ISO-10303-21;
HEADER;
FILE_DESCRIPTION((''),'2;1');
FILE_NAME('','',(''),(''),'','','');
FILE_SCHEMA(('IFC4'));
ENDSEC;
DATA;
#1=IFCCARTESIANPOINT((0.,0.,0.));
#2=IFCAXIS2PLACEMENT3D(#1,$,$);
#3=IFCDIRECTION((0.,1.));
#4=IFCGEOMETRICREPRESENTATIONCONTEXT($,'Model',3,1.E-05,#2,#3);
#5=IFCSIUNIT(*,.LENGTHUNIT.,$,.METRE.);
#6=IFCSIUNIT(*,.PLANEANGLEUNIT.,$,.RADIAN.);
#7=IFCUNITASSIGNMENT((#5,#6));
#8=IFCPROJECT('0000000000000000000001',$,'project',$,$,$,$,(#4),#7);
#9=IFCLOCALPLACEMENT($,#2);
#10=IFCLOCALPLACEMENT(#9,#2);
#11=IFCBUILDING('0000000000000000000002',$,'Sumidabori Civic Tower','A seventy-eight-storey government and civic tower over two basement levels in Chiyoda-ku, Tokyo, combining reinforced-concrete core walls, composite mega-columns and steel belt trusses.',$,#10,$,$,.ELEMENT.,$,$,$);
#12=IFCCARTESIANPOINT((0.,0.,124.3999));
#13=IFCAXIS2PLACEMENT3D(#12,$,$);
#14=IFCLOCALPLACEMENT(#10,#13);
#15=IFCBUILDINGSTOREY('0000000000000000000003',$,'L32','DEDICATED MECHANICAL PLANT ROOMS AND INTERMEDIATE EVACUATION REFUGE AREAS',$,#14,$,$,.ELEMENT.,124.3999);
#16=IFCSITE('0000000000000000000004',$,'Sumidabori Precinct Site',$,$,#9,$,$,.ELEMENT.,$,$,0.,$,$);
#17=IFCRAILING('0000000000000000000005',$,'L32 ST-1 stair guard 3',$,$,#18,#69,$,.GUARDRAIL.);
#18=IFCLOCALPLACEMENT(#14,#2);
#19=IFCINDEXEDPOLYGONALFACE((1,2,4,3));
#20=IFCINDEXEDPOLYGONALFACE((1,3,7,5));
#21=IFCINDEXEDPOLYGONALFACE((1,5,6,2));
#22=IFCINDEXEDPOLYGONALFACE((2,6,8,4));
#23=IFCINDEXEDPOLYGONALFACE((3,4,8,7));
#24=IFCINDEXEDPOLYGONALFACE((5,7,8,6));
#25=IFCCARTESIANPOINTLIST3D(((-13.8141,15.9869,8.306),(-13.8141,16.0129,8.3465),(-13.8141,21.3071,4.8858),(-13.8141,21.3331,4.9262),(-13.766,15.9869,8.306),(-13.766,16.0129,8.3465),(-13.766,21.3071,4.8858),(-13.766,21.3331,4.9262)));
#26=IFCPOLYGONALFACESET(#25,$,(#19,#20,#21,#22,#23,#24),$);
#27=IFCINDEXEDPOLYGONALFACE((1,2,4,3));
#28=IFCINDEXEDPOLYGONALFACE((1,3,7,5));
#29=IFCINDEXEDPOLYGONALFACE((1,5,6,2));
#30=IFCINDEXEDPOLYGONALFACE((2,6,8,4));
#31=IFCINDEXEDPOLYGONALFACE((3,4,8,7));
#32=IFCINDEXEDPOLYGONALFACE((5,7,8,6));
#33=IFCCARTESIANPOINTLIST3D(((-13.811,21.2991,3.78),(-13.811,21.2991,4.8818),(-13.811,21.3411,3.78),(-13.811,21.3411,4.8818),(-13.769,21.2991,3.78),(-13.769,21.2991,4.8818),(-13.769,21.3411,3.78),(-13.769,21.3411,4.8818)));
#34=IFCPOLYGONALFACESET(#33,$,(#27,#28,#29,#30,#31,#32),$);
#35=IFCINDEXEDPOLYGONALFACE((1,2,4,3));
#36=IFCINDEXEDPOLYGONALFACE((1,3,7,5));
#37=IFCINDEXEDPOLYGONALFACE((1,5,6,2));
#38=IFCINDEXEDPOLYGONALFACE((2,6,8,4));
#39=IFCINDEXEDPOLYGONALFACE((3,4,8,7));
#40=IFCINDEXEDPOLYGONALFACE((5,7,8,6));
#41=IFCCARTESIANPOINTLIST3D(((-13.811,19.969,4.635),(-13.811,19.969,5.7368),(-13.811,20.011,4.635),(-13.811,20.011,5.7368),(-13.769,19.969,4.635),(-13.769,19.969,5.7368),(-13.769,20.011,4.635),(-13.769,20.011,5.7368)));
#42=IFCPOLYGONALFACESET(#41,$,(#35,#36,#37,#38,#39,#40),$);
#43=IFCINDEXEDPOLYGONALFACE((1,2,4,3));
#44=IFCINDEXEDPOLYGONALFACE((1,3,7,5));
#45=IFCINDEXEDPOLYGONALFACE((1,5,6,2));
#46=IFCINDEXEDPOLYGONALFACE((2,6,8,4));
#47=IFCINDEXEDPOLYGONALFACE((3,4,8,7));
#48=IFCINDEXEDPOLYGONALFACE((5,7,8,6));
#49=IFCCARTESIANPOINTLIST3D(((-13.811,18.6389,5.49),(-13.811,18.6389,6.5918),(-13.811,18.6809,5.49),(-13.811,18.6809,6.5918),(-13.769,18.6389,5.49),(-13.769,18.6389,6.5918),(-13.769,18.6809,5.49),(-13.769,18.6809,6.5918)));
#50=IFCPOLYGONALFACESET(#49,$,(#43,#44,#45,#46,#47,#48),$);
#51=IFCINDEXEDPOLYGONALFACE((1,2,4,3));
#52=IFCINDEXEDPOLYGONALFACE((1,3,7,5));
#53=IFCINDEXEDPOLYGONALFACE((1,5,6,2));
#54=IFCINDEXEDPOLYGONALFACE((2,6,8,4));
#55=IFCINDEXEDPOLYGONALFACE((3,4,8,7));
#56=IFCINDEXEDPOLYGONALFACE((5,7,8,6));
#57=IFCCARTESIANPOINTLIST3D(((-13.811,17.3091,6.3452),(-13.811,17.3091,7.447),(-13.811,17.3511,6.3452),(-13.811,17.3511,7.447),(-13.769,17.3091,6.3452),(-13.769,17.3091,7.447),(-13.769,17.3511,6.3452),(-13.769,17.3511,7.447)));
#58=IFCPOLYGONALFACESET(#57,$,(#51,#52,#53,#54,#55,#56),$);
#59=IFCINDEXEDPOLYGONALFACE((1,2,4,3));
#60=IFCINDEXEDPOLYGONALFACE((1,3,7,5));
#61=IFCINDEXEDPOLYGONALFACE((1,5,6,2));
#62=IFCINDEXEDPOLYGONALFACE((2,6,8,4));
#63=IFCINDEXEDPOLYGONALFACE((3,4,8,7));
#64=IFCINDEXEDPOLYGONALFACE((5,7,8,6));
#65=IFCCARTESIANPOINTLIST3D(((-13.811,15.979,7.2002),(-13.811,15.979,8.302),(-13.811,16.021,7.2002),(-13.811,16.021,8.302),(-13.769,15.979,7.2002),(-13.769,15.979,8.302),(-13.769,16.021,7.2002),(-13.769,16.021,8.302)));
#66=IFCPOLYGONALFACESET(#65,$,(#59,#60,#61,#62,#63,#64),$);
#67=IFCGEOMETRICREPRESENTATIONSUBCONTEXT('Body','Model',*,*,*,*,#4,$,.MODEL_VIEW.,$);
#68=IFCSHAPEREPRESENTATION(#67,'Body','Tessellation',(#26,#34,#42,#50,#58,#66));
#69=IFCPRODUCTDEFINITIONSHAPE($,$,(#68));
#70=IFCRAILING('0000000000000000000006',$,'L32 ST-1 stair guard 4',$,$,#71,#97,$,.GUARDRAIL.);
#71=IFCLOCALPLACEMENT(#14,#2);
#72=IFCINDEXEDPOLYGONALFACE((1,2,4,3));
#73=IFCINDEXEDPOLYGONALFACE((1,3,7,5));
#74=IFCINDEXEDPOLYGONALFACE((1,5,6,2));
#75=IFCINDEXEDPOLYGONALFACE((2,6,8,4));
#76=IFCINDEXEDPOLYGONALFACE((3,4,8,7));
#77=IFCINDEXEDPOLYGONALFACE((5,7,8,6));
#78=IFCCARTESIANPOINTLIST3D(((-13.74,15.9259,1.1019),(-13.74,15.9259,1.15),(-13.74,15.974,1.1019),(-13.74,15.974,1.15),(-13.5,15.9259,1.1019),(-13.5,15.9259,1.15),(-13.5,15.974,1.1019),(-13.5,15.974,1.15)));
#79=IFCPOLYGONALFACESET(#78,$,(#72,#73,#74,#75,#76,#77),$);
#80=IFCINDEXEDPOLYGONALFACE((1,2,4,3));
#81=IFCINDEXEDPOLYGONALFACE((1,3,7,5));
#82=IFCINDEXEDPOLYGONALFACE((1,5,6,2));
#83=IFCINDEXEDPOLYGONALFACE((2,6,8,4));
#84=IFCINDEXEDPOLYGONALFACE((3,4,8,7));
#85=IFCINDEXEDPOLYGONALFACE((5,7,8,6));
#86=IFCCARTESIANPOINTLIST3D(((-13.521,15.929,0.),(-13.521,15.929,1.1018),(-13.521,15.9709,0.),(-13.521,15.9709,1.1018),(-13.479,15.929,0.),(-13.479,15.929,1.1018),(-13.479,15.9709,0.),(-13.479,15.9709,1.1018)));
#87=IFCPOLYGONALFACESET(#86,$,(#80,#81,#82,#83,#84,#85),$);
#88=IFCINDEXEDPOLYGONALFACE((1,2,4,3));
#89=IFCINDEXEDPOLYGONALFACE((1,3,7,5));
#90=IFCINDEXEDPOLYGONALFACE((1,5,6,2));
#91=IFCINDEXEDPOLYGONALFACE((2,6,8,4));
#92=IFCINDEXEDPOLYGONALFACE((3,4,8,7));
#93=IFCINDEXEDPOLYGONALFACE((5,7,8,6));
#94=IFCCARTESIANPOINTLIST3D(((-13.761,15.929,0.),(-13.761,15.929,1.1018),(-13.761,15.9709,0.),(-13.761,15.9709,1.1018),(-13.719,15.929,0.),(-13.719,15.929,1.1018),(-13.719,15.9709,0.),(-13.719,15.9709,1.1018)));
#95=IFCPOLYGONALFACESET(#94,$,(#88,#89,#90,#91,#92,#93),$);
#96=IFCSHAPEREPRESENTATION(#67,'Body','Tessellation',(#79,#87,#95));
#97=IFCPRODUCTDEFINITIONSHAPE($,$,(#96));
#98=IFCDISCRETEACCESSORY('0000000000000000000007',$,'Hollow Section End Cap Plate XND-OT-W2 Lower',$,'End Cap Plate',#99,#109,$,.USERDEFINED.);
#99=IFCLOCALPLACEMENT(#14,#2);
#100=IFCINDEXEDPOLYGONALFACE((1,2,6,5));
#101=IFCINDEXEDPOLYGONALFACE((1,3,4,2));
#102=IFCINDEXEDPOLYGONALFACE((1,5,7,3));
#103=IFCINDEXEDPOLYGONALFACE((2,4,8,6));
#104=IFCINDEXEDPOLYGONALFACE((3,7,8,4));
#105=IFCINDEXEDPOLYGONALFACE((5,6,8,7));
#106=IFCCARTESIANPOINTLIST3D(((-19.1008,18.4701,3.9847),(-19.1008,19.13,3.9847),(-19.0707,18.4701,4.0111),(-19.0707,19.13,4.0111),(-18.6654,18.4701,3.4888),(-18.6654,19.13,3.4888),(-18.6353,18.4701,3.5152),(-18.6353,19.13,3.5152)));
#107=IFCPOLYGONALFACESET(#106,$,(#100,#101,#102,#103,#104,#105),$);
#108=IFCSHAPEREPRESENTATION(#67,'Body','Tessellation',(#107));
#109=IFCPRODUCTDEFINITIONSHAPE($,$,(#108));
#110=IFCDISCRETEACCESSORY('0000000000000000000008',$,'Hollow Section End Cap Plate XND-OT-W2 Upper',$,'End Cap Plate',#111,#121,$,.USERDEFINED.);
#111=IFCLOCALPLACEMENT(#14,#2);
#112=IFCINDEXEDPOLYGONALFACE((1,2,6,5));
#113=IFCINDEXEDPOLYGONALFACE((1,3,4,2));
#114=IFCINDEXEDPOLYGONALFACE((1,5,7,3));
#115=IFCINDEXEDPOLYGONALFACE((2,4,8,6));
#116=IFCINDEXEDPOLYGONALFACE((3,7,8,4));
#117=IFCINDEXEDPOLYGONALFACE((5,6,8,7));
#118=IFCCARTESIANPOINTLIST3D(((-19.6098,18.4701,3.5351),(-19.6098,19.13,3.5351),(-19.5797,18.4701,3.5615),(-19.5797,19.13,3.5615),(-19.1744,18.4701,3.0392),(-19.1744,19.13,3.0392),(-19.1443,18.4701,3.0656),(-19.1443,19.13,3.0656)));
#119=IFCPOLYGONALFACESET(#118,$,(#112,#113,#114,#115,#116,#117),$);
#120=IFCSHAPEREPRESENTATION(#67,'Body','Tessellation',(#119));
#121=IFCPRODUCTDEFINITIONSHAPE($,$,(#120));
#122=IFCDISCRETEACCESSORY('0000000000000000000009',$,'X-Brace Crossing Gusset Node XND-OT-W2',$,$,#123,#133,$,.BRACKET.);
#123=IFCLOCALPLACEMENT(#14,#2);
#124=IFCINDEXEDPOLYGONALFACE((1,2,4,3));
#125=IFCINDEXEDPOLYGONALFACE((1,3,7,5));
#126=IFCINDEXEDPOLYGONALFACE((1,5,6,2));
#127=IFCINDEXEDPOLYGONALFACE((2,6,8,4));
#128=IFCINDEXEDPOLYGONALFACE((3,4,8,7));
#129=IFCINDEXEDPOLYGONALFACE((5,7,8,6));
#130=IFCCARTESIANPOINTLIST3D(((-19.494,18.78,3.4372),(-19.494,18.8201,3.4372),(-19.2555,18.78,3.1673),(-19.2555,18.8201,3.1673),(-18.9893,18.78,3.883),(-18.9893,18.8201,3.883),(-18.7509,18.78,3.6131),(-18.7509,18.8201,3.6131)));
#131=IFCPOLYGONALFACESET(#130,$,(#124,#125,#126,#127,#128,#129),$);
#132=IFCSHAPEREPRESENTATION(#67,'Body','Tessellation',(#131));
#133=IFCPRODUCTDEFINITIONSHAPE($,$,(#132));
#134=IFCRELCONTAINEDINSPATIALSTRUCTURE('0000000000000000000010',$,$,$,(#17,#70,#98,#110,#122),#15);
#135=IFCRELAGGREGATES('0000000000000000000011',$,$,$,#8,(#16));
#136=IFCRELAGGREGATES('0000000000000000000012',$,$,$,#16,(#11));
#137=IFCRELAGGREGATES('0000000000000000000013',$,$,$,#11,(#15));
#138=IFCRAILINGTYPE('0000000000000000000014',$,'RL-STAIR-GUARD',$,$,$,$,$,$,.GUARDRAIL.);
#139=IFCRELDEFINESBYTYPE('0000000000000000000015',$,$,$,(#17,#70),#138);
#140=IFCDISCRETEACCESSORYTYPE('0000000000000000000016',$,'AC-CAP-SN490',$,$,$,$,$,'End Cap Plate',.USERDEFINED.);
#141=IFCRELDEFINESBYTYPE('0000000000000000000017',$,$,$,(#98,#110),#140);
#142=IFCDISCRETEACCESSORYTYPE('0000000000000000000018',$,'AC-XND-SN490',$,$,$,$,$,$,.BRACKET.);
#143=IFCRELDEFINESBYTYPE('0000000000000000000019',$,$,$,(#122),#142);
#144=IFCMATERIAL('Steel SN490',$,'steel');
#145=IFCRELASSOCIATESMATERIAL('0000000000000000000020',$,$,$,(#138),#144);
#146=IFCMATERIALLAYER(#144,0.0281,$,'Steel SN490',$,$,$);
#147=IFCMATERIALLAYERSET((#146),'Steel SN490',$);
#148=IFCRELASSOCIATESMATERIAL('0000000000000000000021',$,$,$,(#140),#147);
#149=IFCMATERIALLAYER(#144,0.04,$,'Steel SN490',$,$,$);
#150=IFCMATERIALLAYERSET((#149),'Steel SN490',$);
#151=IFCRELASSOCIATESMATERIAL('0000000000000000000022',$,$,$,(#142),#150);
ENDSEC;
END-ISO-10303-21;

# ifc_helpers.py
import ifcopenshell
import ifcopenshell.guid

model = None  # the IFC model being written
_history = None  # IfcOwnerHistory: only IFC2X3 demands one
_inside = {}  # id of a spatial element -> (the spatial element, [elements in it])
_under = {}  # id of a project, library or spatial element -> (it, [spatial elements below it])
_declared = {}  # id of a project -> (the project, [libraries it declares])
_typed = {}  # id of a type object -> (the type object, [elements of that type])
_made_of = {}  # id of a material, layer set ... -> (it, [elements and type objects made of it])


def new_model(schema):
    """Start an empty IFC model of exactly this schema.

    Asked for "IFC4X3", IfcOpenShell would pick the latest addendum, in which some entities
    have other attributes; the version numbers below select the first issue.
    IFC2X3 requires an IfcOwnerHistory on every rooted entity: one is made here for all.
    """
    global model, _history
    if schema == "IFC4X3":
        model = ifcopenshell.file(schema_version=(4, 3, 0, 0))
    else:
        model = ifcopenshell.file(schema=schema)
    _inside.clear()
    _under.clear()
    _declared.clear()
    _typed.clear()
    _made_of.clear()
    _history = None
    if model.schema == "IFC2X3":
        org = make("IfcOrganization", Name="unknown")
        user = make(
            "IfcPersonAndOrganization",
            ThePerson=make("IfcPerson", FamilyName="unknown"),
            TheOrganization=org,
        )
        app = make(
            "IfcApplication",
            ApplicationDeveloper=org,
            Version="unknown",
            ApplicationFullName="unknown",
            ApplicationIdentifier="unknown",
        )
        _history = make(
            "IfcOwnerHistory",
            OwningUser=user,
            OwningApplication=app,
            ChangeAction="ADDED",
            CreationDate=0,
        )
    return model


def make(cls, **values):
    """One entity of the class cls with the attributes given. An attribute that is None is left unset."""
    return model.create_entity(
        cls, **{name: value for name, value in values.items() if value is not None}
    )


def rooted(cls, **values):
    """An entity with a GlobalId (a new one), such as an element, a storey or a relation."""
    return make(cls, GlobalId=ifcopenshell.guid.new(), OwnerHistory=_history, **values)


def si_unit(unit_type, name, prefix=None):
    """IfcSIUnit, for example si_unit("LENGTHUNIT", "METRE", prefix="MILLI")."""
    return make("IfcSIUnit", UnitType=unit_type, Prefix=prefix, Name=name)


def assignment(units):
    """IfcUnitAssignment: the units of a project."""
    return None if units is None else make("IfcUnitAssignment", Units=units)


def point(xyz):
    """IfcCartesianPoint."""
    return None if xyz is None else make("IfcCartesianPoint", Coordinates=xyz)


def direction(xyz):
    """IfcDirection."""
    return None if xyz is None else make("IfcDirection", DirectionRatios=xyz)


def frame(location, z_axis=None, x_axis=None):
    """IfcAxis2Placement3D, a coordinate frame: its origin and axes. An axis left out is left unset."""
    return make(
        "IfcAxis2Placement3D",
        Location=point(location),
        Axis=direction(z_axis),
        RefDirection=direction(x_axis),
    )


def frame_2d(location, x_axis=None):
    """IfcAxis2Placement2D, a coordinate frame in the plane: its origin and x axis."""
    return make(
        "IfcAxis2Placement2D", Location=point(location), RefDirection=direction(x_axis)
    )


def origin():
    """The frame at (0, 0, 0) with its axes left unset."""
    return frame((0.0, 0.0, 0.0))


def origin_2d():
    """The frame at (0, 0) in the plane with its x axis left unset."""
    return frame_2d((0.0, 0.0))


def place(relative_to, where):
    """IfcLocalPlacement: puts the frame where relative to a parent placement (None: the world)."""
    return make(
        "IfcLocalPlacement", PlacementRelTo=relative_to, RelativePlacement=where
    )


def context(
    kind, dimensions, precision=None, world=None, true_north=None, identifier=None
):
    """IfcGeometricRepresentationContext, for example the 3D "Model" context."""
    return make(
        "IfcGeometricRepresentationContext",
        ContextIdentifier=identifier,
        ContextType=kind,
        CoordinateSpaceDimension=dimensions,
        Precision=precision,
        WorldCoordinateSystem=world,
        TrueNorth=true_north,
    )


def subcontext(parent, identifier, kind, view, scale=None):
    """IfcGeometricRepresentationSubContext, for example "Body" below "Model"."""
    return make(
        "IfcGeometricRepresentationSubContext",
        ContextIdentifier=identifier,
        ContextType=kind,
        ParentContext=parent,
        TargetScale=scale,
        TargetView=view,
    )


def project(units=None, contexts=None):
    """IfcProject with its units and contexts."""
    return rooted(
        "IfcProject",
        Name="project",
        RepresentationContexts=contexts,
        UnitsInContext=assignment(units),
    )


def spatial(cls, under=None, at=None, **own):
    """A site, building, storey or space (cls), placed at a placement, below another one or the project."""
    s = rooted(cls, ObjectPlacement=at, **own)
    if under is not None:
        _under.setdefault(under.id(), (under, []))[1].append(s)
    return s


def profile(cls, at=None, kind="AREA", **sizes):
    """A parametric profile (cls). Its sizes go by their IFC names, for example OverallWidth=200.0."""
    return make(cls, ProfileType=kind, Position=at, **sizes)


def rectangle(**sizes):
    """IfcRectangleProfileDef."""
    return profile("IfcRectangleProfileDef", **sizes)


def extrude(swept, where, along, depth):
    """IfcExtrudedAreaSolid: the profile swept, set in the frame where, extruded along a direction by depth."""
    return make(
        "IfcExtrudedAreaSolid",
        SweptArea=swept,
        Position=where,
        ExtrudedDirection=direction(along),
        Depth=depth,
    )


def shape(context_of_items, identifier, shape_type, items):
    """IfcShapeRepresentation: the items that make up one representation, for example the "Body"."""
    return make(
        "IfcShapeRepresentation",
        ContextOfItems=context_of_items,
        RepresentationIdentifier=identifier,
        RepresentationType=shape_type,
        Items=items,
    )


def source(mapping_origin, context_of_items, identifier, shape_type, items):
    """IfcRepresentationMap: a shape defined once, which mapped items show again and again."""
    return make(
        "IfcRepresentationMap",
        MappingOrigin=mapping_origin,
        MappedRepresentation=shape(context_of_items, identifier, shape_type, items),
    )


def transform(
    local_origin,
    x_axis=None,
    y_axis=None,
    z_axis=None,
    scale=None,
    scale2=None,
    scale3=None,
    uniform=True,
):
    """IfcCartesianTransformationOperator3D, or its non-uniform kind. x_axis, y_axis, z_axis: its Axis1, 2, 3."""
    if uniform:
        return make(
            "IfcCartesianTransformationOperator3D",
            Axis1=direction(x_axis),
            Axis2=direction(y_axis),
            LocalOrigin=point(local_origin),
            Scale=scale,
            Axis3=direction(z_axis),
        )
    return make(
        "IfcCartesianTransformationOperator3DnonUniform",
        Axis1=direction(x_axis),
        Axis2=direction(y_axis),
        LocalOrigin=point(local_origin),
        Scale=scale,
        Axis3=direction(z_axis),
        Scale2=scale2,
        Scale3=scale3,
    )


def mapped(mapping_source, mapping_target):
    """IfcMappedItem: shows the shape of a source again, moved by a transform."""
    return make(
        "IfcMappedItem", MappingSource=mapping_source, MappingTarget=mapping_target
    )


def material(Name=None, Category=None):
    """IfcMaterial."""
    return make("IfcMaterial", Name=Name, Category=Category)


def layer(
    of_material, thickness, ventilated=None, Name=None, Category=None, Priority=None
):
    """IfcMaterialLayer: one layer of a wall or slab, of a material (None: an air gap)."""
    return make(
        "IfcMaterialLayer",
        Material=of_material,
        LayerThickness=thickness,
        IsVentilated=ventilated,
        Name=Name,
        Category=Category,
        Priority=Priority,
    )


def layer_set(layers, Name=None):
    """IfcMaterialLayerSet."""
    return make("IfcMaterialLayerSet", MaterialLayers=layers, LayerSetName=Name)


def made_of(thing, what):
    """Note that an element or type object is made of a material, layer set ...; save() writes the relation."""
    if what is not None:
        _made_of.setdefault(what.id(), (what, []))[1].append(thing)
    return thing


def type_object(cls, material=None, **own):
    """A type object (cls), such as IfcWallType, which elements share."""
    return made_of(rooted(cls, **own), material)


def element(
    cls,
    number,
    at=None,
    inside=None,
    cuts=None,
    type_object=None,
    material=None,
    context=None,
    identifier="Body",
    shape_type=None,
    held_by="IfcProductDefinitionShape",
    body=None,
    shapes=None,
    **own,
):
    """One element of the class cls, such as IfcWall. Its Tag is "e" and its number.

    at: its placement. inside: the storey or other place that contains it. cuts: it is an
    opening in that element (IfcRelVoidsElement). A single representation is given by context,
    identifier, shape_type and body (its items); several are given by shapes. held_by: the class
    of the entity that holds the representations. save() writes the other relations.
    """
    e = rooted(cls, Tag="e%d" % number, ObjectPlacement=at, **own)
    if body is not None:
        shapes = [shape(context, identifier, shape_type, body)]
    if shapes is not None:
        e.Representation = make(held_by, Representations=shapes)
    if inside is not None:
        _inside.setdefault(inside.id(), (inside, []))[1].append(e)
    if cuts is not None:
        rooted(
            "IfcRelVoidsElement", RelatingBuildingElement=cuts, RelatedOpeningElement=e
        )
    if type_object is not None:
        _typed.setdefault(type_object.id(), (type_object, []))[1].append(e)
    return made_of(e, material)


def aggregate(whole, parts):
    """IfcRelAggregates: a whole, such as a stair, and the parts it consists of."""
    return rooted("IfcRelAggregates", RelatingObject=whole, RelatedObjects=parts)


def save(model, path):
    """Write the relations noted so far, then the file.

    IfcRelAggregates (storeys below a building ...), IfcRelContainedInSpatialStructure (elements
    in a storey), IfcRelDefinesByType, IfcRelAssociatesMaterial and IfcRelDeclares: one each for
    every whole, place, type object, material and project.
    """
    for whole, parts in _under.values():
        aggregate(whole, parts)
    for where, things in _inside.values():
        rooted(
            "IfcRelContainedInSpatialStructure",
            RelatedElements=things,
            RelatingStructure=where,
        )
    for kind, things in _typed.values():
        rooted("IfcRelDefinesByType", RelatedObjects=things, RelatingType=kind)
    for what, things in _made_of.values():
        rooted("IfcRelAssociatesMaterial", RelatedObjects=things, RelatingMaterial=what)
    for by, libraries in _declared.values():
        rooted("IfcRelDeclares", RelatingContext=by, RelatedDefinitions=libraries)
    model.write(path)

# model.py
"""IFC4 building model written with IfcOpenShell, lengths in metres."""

from ifc_helpers import new_model, si_unit, direction, frame, origin, origin_2d, place, context, subcontext, project, spatial, rectangle, extrude, source, transform, mapped, material, layer, layer_set, type_object, element, save


model = new_model("IFC4")

# Units and contexts
model_context = context("Model", 3, precision=1e-05, world=origin(), true_north=direction((0.0, 1.0)))
body_context = subcontext(model_context, "Body", "Model", "MODEL_VIEW")
ifc_project = project(units=[si_unit("LENGTHUNIT", "METRE"), si_unit("PLANEANGLEUNIT", "RADIAN")], contexts=[model_context])

# Site, building, storey
site_placement = place(None, origin())
site = spatial("IfcSite", under=ifc_project, at=site_placement, Name="Sumidabori Precinct Site", CompositionType="ELEMENT", RefElevation=0.0)
building_placement = place(site_placement, origin())
building = spatial("IfcBuilding", under=site, at=building_placement, Name="Sumidabori Civic Tower", Description="A seventy-eight-storey government and civic tower over two basement levels in Chiyoda-ku, Tokyo, combining reinforced-concrete core walls, composite mega-columns and steel belt trusses.", CompositionType="ELEMENT")
storey_placement = place(building_placement, frame((0.0, 0.0, 124.3999)))
storey = spatial("IfcBuildingStorey", under=building, at=storey_placement, Name="L32", Description="DEDICATED MECHANICAL PLANT ROOMS AND INTERMEDIATE EVACUATION REFUGE AREAS", CompositionType="ELEMENT", Elevation=124.3999)

# Shared definitions
ifc_material_1 = material(Name="Steel SN490", Category="steel")

# Railings
railing_type_1 = type_object("IfcRailingType", Name="RL-STAIR-GUARD", PredefinedType="GUARDRAIL", material=ifc_material_1)
railing_1_placement = place(storey_placement, frame((-13.79, 21.3201, 3.78)))
element("IfcRailing", 1, at=railing_1_placement, inside=storey, type_object=railing_type_1, Name="L32 ST-1 stair guard 3", PredefinedType="GUARDRAIL", context=body_context, shape_type="SweptSolid", body=[
    extrude(rectangle(XDim=0.0481, YDim=0.0481, at=origin_2d()), frame((0.0, 0.0, 1.126), z_axis=(0.0, -0.84117, 0.540771), x_axis=(1.0, 0.0, 0.0)), (0.0, 0.0, 1.0), 6.3247),
    extrude(rectangle(XDim=0.042, YDim=0.042, at=origin_2d()), origin(), (0.0, 0.0, 1.0), 1.1018),
    extrude(rectangle(XDim=0.042, YDim=0.042, at=origin_2d()), frame((0.0, -1.3301, 0.855)), (0.0, 0.0, 1.0), 1.1018),
    extrude(rectangle(XDim=0.042, YDim=0.042, at=origin_2d()), frame((0.0, -2.6602, 1.71)), (0.0, 0.0, 1.0), 1.1018),
    extrude(rectangle(XDim=0.042, YDim=0.042, at=origin_2d()), frame((0.0, -3.99, 2.5652)), (0.0, 0.0, 1.0), 1.1018),
    extrude(rectangle(XDim=0.042, YDim=0.042, at=origin_2d()), frame((0.0, -5.3201, 3.4202)), (0.0, 0.0, 1.0), 1.1018),
])
railing_2_placement = place(storey_placement, frame((-13.5, 15.95, 0.0)))
element("IfcRailing", 2, at=railing_2_placement, inside=storey, type_object=railing_type_1, Name="L32 ST-1 stair guard 4", PredefinedType="GUARDRAIL", context=body_context, shape_type="SweptSolid", body=[
    extrude(rectangle(XDim=0.0481, YDim=0.0481, at=origin_2d()), frame((0.0, 0.0, 1.126), z_axis=(-1.0, 0.0, 0.0), x_axis=(0.0, -1.0, 0.0)), (0.0, 0.0, 1.0), 0.24),
    extrude(rectangle(XDim=0.042, YDim=0.042, at=origin_2d()), origin(), (0.0, 0.0, 1.0), 1.1018),
    extrude(rectangle(XDim=0.042, YDim=0.042, at=origin_2d()), frame((-0.24, 0.0, 0.0)), (0.0, 0.0, 1.0), 1.1018),
])

# Discrete accessories
ifc_layer_1 = layer(ifc_material_1, 0.0281, Name="Steel SN490")
ifc_layer_set_1 = layer_set([ifc_layer_1], Name="Steel SN490")
discrete_accessory_type_1 = type_object("IfcDiscreteAccessoryType", Name="AC-CAP-SN490", ElementType="End Cap Plate", PredefinedType="USERDEFINED", material=ifc_layer_set_1)
shared_shape_1 = source(origin(), body_context, "Body", "SweptSolid", [
    extrude(rectangle(XDim=0.6599, YDim=0.6599, at=origin_2d()), origin(), (0.0, 0.0, 1.0), 0.04),
])
for number, where, z_axis, x_axis, name in (
    (3, (-18.853, 18.8, 3.7632), (-0.75144, 0.0, -0.659801), (0.0, -1.0, 0.0), "Hollow Section End Cap Plate XND-OT-W2 Lower"),
    (4, (-19.3921, 18.8, 3.2871), (0.75144, 0.0, 0.659801), (0.0, 1.0, 0.0), "Hollow Section End Cap Plate XND-OT-W2 Upper"),
):
    element("IfcDiscreteAccessory", number, at=place(storey_placement, frame(where, z_axis=z_axis, x_axis=x_axis)), inside=storey, type_object=discrete_accessory_type_1, Name=name, ObjectType="End Cap Plate", PredefinedType="USERDEFINED", context=body_context, shape_type="MappedRepresentation", body=[
        mapped(shared_shape_1, transform((0.0, 0.0, 0.0), x_axis=(1.0, 0.0, 0.0), y_axis=(0.0, 1.0, 0.0), z_axis=(0.0, 0.0, 1.0), scale=1.0)),
    ])
ifc_layer_2 = layer(ifc_material_1, 0.04, Name="Steel SN490")
ifc_layer_set_2 = layer_set([ifc_layer_2], Name="Steel SN490")
discrete_accessory_type_2 = type_object("IfcDiscreteAccessoryType", Name="AC-XND-SN490", PredefinedType="BRACKET", material=ifc_layer_set_2)
shared_shape_2 = source(origin(), body_context, "Body", "SweptSolid", [
    extrude(rectangle(XDim=0.04, YDim=0.3601, at=origin_2d()), origin(), (0.0, 0.0, 1.0), 0.6733),
])
discrete_accessory_placement = place(storey_placement, frame((-18.8701, 18.8, 3.748), z_axis=(-0.749446, 0.0, -0.662065), x_axis=(0.0, -1.0, 0.0)))
element("IfcDiscreteAccessory", 5, at=discrete_accessory_placement, inside=storey, type_object=discrete_accessory_type_2, Name="X-Brace Crossing Gusset Node XND-OT-W2", PredefinedType="BRACKET", context=body_context, shape_type="MappedRepresentation", body=[
    mapped(shared_shape_2, transform((0.0, 0.0, 0.0), x_axis=(1.0, 0.0, 0.0), y_axis=(0.0, 1.0, 0.0), z_axis=(0.0, 0.0, 1.0), scale=1.0)),
])

save(model, "model.ifc")
